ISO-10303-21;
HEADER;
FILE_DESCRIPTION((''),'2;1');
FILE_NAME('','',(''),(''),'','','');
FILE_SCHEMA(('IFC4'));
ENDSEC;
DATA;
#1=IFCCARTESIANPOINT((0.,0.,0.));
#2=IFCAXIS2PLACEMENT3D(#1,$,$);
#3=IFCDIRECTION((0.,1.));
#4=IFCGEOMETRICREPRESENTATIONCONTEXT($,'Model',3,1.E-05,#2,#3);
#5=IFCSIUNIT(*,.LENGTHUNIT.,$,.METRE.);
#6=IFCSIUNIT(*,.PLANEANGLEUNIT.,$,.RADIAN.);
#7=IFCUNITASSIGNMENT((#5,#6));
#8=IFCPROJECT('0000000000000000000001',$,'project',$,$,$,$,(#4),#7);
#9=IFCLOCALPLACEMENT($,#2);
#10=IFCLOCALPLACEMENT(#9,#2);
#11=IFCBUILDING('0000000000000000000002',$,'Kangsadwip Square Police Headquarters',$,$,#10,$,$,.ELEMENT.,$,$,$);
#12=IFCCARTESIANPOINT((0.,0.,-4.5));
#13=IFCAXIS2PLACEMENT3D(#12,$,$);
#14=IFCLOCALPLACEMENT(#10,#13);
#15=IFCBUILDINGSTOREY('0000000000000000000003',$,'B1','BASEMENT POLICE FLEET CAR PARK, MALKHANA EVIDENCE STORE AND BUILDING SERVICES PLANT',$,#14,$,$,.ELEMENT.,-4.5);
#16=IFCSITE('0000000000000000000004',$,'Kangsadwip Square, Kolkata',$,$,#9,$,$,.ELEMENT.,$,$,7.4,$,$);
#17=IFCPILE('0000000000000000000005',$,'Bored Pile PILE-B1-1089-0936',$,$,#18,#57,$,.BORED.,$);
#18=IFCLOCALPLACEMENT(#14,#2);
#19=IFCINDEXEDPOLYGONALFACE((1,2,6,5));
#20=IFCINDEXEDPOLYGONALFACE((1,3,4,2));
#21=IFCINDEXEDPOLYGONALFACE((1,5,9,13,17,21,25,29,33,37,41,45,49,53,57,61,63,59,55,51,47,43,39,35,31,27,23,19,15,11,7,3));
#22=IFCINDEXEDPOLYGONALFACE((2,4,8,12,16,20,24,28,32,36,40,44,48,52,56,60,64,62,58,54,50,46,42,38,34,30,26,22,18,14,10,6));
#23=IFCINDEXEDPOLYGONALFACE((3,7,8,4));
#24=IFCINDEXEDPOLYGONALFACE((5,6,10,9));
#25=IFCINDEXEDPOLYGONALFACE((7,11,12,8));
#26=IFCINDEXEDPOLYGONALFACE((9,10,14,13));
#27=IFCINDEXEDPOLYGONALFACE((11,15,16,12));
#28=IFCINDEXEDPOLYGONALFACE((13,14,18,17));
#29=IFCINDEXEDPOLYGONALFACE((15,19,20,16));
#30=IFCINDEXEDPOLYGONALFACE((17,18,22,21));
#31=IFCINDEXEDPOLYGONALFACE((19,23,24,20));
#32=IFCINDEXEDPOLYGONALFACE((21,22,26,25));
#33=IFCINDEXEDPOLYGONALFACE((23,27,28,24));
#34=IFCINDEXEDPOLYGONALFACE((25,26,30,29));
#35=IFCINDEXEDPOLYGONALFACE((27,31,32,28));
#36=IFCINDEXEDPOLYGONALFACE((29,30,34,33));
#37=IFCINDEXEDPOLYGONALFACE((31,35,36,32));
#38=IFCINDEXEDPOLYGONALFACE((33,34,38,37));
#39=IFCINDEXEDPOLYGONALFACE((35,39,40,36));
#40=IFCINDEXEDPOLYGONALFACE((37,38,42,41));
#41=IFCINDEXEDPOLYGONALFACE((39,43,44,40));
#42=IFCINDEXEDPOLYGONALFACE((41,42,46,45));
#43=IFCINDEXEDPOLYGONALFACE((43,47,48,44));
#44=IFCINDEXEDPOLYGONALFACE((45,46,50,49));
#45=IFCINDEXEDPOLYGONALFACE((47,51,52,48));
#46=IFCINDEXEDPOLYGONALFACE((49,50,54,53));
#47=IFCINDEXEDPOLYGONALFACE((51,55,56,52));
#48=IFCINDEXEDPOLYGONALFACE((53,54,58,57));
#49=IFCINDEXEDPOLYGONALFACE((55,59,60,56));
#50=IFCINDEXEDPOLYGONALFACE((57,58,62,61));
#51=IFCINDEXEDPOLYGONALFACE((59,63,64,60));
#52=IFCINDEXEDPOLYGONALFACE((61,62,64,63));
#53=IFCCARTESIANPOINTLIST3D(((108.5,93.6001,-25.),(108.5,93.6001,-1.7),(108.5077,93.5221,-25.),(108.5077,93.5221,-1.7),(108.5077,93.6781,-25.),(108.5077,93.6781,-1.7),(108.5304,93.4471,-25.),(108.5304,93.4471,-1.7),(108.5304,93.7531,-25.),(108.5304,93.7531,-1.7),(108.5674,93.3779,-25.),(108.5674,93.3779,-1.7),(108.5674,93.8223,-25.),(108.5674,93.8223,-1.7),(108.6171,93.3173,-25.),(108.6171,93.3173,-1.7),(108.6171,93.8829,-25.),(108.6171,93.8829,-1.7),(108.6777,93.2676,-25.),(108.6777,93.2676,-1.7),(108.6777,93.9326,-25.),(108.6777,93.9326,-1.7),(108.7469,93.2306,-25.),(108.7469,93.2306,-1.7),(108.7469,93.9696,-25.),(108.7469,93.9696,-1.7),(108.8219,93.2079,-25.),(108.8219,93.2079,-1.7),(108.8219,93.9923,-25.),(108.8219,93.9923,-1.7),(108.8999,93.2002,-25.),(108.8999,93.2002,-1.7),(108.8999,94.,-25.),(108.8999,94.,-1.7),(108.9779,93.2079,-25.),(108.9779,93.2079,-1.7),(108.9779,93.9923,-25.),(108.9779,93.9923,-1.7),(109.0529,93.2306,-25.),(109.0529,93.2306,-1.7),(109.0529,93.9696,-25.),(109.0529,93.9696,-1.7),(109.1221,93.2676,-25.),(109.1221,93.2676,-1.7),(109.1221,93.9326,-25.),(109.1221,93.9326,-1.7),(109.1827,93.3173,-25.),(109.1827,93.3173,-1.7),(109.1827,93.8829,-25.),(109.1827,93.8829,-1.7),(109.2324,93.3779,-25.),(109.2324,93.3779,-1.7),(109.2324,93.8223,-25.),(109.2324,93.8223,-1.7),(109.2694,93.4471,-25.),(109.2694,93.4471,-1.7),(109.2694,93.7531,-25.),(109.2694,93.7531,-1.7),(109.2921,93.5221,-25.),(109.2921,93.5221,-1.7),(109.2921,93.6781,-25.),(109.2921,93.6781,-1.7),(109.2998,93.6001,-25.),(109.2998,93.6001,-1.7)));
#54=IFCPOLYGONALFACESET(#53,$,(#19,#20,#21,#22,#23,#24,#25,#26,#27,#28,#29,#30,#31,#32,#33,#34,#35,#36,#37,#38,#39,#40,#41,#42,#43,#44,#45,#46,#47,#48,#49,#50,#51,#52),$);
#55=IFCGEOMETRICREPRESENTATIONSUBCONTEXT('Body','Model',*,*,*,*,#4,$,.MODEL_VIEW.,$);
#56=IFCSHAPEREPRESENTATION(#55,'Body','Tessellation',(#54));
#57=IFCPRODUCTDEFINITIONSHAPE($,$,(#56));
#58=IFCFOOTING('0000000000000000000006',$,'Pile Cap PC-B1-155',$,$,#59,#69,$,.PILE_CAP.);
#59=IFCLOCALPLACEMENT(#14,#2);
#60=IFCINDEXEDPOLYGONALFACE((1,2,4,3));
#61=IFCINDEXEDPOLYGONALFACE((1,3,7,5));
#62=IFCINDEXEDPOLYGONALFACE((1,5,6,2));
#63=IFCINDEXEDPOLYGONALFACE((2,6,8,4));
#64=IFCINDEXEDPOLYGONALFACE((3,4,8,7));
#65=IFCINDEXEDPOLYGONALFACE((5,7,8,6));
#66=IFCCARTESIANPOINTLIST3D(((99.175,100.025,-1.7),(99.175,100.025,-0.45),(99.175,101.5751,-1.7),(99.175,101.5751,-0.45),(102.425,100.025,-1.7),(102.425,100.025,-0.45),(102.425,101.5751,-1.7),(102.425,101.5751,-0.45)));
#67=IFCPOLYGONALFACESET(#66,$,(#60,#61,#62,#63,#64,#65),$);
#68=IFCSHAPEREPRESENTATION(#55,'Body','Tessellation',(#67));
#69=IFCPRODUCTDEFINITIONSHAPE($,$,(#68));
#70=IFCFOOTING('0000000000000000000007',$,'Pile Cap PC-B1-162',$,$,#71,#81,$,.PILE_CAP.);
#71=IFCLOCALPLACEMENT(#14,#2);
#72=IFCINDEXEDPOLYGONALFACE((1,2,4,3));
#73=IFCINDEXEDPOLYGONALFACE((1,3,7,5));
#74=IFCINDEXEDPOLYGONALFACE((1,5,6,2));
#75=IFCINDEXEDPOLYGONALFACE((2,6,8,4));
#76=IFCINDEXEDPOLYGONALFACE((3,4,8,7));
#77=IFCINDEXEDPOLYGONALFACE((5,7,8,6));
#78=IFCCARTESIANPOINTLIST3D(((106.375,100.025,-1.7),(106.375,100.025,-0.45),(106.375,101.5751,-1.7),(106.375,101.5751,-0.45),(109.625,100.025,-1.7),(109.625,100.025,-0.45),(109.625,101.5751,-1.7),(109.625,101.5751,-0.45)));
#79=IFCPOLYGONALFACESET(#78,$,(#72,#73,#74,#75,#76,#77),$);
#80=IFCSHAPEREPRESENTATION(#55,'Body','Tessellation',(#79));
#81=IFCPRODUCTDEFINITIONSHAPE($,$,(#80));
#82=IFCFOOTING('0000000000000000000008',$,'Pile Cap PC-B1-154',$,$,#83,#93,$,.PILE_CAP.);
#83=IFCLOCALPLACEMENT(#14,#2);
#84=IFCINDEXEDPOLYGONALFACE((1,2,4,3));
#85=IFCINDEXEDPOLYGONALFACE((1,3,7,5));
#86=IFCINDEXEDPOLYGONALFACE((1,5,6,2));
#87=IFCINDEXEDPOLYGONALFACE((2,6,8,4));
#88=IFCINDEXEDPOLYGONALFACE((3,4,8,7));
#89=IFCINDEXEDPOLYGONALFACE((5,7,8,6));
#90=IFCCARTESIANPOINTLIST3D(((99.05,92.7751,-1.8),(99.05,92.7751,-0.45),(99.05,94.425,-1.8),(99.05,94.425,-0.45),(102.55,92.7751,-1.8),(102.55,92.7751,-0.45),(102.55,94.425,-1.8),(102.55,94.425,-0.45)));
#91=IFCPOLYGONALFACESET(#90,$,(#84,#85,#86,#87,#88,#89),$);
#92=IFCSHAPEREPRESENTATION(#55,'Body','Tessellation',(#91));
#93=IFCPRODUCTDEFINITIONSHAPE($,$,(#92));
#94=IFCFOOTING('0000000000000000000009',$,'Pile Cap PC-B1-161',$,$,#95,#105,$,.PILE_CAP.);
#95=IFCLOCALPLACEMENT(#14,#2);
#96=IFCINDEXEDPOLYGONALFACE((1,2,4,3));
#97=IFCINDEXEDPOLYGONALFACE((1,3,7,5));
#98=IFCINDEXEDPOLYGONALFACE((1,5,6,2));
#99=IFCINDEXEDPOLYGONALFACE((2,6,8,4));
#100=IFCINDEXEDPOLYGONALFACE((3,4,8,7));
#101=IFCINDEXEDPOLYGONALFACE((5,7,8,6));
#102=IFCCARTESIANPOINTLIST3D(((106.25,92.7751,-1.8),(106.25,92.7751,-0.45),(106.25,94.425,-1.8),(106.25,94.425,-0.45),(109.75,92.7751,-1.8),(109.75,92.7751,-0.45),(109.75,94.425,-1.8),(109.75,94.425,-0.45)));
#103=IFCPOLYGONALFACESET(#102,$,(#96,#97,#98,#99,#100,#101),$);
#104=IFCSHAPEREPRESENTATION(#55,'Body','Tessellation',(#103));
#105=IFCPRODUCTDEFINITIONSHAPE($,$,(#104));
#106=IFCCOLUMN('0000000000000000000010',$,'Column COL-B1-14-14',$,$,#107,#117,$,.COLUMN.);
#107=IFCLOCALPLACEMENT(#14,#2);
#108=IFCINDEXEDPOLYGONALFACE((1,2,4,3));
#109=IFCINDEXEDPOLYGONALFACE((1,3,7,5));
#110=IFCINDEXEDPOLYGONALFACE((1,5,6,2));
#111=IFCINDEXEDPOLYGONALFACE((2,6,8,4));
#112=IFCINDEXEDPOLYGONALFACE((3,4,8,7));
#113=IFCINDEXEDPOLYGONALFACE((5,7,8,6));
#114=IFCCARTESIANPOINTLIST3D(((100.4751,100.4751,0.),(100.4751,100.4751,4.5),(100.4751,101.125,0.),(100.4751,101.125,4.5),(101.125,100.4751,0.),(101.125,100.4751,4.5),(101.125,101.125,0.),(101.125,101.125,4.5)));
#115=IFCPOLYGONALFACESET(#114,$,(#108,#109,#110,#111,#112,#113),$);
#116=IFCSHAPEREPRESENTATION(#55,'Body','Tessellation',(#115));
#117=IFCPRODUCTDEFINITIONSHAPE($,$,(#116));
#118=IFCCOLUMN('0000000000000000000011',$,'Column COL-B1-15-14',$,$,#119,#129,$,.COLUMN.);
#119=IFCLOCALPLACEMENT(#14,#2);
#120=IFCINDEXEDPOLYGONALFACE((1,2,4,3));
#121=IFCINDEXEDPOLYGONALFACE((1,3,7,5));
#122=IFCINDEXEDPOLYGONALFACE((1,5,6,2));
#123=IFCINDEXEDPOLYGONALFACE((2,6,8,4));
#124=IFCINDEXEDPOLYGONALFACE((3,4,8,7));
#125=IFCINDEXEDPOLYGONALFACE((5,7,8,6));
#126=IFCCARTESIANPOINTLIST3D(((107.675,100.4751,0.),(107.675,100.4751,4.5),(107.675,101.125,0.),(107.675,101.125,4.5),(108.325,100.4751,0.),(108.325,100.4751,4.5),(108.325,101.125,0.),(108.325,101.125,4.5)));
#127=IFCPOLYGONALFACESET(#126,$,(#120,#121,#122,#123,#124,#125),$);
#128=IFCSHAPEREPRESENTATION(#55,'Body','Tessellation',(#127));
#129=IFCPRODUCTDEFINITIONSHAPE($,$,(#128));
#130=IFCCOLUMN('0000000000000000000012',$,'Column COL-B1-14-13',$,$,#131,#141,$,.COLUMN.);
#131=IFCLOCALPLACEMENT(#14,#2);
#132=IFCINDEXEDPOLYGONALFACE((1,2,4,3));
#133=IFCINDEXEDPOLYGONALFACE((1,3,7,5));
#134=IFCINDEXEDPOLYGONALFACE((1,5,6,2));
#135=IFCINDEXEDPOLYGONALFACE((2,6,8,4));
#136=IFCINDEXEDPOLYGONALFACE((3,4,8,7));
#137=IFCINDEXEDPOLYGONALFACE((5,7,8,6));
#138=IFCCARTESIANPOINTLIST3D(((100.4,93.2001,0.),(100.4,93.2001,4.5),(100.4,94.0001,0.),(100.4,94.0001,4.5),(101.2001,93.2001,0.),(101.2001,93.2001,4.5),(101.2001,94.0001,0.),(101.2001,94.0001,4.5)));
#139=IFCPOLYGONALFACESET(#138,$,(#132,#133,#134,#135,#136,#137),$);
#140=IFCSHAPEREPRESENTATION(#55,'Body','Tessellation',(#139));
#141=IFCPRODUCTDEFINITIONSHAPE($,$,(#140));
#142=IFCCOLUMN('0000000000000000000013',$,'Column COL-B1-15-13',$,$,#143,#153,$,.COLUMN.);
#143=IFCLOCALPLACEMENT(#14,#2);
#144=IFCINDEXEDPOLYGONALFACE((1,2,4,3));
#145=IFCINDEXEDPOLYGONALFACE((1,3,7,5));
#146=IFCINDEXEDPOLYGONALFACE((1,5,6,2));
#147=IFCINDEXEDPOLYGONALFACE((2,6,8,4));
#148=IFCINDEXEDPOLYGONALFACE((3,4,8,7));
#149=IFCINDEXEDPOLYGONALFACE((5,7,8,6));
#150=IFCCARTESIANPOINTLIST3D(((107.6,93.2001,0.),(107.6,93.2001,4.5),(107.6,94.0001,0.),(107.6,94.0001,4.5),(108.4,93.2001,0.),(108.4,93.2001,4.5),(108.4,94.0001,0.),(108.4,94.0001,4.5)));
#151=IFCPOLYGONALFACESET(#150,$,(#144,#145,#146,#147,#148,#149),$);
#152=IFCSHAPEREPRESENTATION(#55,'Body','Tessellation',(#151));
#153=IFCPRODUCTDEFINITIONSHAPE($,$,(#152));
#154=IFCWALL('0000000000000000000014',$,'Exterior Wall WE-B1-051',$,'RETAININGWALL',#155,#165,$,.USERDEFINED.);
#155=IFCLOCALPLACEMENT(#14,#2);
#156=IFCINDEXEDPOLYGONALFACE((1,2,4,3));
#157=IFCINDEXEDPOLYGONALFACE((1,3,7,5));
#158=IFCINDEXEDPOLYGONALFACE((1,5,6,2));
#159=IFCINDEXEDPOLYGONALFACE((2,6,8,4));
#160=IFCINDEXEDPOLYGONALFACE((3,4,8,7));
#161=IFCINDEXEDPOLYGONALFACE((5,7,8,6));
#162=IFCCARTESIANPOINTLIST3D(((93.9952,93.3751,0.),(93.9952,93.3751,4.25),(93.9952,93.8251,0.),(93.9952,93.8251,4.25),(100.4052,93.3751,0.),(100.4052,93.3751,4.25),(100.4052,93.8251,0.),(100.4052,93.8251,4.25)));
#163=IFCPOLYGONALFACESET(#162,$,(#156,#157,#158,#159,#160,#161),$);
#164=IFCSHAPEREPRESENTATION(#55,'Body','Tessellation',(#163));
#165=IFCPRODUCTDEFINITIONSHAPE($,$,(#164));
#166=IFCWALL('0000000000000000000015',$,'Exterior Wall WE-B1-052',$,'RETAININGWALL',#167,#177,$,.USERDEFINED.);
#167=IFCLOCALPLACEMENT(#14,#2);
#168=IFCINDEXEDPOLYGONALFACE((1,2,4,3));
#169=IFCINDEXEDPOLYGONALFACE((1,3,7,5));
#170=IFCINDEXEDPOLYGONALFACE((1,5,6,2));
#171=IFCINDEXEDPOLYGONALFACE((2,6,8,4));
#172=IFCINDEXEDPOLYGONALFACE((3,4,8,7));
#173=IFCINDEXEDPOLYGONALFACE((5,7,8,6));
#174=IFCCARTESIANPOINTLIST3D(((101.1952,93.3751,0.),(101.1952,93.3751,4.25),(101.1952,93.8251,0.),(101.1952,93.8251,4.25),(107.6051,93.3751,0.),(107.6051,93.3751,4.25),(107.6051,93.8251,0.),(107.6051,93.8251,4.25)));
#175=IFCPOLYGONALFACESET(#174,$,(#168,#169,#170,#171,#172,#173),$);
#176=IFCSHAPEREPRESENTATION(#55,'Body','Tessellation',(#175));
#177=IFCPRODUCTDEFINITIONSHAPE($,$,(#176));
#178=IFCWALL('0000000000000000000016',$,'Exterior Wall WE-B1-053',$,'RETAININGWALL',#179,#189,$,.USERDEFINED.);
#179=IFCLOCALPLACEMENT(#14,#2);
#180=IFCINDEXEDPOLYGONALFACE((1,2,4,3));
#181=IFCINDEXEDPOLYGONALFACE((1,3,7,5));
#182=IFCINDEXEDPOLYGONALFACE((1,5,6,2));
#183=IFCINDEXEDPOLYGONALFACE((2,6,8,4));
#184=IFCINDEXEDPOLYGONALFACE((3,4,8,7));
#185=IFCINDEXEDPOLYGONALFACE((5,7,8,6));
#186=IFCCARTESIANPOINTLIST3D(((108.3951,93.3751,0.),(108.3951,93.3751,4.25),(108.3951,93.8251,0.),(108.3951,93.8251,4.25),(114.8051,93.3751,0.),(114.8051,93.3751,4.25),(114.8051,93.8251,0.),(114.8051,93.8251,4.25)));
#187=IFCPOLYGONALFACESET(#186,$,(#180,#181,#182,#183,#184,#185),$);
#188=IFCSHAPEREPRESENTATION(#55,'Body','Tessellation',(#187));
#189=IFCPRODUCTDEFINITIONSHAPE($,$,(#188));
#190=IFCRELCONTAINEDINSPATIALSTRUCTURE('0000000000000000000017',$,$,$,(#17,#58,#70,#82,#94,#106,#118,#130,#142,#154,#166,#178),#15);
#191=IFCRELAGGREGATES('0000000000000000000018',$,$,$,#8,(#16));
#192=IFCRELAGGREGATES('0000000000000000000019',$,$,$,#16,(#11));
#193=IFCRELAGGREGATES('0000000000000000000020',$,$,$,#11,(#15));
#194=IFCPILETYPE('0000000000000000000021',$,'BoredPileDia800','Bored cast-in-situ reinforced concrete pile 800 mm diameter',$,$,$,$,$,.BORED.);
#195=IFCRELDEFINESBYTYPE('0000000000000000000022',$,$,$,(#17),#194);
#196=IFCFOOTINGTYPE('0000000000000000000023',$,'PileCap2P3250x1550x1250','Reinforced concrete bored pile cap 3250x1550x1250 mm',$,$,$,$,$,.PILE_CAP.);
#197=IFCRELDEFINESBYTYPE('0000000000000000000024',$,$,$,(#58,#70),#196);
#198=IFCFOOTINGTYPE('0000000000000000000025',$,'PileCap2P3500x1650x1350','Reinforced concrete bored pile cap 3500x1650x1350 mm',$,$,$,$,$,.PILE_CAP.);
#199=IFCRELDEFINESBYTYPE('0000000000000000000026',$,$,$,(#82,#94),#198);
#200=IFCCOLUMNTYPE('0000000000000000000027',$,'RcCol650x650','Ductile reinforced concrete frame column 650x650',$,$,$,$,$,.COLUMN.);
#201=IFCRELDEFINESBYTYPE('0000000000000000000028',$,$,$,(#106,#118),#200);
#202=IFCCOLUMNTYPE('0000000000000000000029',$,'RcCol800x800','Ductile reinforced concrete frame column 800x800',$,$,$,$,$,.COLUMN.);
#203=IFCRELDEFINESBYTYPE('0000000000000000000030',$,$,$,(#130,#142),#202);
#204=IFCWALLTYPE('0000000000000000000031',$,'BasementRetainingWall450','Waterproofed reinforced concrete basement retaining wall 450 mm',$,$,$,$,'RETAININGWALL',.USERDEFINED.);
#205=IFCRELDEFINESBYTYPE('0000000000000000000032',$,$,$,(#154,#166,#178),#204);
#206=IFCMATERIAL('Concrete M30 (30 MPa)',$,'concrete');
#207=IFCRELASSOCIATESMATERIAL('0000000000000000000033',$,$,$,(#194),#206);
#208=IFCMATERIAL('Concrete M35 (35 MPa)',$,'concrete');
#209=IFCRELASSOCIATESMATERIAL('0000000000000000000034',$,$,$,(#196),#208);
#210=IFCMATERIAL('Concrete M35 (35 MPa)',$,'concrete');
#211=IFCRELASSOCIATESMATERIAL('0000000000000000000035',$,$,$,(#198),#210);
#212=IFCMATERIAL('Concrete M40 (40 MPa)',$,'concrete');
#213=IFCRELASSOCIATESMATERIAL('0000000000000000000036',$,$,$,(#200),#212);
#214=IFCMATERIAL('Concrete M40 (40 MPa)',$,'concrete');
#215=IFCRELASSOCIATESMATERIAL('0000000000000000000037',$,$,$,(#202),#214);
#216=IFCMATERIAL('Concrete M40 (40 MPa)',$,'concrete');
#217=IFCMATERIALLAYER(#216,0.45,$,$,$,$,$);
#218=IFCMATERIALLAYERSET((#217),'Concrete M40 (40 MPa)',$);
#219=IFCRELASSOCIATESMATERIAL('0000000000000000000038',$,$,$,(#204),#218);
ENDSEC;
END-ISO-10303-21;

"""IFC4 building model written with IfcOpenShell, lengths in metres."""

from ifc_helpers import new_model, si_unit, direction, frame, frame_2d, origin, origin_2d, place, context, subcontext, project, spatial, rectangle, circle, extrude, material, layer, layer_set, material_profile, profile_set, type_object, element, save


model = new_model("IFC4")

# Units and contexts
model_context = context("Model", 3, precision=1e-05, world=origin(), true_north=direction((0.0, 1.0)))
body_context = subcontext(model_context, "Body", "Model", "MODEL_VIEW")
ifc_project = project(units=[si_unit("LENGTHUNIT", "METRE"), si_unit("PLANEANGLEUNIT", "RADIAN")], contexts=[model_context])

# Site, building, storey
site_placement = place(None, origin())
site = spatial("IfcSite", under=ifc_project, at=site_placement, Name="Kangsadwip Square, Kolkata", CompositionType="ELEMENT", RefElevation=7.4)
building_placement = place(site_placement, origin())
building = spatial("IfcBuilding", under=site, at=building_placement, Name="Kangsadwip Square Police Headquarters", CompositionType="ELEMENT")
storey_placement = place(building_placement, frame((0.0, 0.0, -4.5)))
storey = spatial("IfcBuildingStorey", under=building, at=storey_placement, Name="B1", Description="BASEMENT POLICE FLEET CAR PARK, MALKHANA EVIDENCE STORE AND BUILDING SERVICES PLANT", CompositionType="ELEMENT", Elevation=-4.5)

# Pile
ifc_material_1 = material(Name="Concrete M30 (30 MPa)", Category="concrete")
ifc_material_profile_1 = material_profile(ifc_material_1, circle(Radius=0.3999, at=origin_2d()), Name="PILE DIA 800")
ifc_profile_set_1 = profile_set([ifc_material_profile_1], Name="Concrete M30 (30 MPa)")
pile_type_1 = type_object("IfcPileType", Name="BoredPileDia800", Description="Bored cast-in-situ reinforced concrete pile 800 mm diameter", PredefinedType="BORED", material=ifc_profile_set_1)
for number, where, z_axis, x_axis, name in (
    (1, (108.8999, 93.6001, -1.7), (0.0, 0.0, -1.0), (1.0, 0.0, 0.0), "Bored Pile PILE-B1-1089-0936"),
):
    element("IfcPile", number, at=place(storey_placement, frame(where, z_axis=z_axis, x_axis=x_axis)), inside=storey, type_object=pile_type_1, Name=name, PredefinedType="BORED", context=body_context, shape_type="SweptSolid", body=[
        extrude(circle(Radius=0.3999, at=origin_2d()), origin(), (0.0, 0.0, 1.0), 23.3),
    ])

# Footings
ifc_material_2 = material(Name="Concrete M35 (35 MPa)", Category="concrete")
footing_type_1 = type_object("IfcFootingType", Name="PileCap2P3250x1550x1250", Description="Reinforced concrete bored pile cap 3250x1550x1250 mm", PredefinedType="PILE_CAP", material=ifc_material_2)
for number, where, z_axis, x_axis, name in (
    (2, (100.8, 100.8, -1.7), (0.0, 0.0, 1.0), (1.0, 0.0, 0.0), "Pile Cap PC-B1-155"),
    (3, (108.0, 100.8, -1.7), (0.0, 0.0, 1.0), (1.0, 0.0, 0.0), "Pile Cap PC-B1-162"),
):
    element("IfcFooting", number, at=place(storey_placement, frame(where, z_axis=z_axis, x_axis=x_axis)), inside=storey, type_object=footing_type_1, Name=name, PredefinedType="PILE_CAP", context=body_context, shape_type="SweptSolid", body=[
        extrude(rectangle(XDim=3.25, YDim=1.55, at=origin_2d()), origin(), (0.0, 0.0, 1.0), 1.25),
    ])
ifc_material_3 = material(Name="Concrete M35 (35 MPa)", Category="concrete")
footing_type_2 = type_object("IfcFootingType", Name="PileCap2P3500x1650x1350", Description="Reinforced concrete bored pile cap 3500x1650x1350 mm", PredefinedType="PILE_CAP", material=ifc_material_3)
for number, where, z_axis, x_axis, name in (
    (4, (100.8, 93.6001, -1.8), (0.0, 0.0, 1.0), (1.0, 0.0, 0.0), "Pile Cap PC-B1-154"),
    (5, (108.0, 93.6001, -1.8), (0.0, 0.0, 1.0), (1.0, 0.0, 0.0), "Pile Cap PC-B1-161"),
):
    element("IfcFooting", number, at=place(storey_placement, frame(where, z_axis=z_axis, x_axis=x_axis)), inside=storey, type_object=footing_type_2, Name=name, PredefinedType="PILE_CAP", context=body_context, shape_type="SweptSolid", body=[
        extrude(rectangle(XDim=3.5, YDim=1.6499, at=origin_2d()), origin(), (0.0, 0.0, 1.0), 1.3501),
    ])

# Columns
ifc_material_4 = material(Name="Concrete M40 (40 MPa)", Category="concrete")
ifc_material_profile_2 = material_profile(ifc_material_4, rectangle(XDim=0.6499, YDim=0.6499, at=origin_2d()), Name="RC COL 650X650")
ifc_profile_set_2 = profile_set([ifc_material_profile_2], Name="Concrete M40 (40 MPa)")
column_type_1 = type_object("IfcColumnType", Name="RcCol650x650", Description="Ductile reinforced concrete frame column 650x650", PredefinedType="COLUMN", material=ifc_profile_set_2)
for number, where, z_axis, x_axis, name in (
    (6, (100.8, 100.8, 0.0), (0.0, 0.0, 1.0), (1.0, 0.0, 0.0), "Column COL-B1-14-14"),
    (7, (108.0, 100.8, 0.0), (0.0, 0.0, 1.0), (1.0, 0.0, 0.0), "Column COL-B1-15-14"),
):
    element("IfcColumn", number, at=place(storey_placement, frame(where, z_axis=z_axis, x_axis=x_axis)), inside=storey, type_object=column_type_1, Name=name, PredefinedType="COLUMN", context=body_context, shape_type="SweptSolid", body=[
        extrude(rectangle(XDim=0.6499, YDim=0.6499, at=origin_2d()), origin(), (0.0, 0.0, 1.0), 4.5),
    ])
ifc_material_5 = material(Name="Concrete M40 (40 MPa)", Category="concrete")
ifc_material_profile_3 = material_profile(ifc_material_5, rectangle(XDim=0.8, YDim=0.8, at=origin_2d()), Name="RC COL 800X800")
ifc_profile_set_3 = profile_set([ifc_material_profile_3], Name="Concrete M40 (40 MPa)")
column_type_2 = type_object("IfcColumnType", Name="RcCol800x800", Description="Ductile reinforced concrete frame column 800x800", PredefinedType="COLUMN", material=ifc_profile_set_3)
for number, where, z_axis, x_axis, name in (
    (8, (100.8, 93.6001, 0.0), (0.0, 0.0, 1.0), (1.0, 0.0, 0.0), "Column COL-B1-14-13"),
    (9, (108.0, 93.6001, 0.0), (0.0, 0.0, 1.0), (1.0, 0.0, 0.0), "Column COL-B1-15-13"),
):
    element("IfcColumn", number, at=place(storey_placement, frame(where, z_axis=z_axis, x_axis=x_axis)), inside=storey, type_object=column_type_2, Name=name, PredefinedType="COLUMN", context=body_context, shape_type="SweptSolid", body=[
        extrude(rectangle(XDim=0.8, YDim=0.8, at=origin_2d()), origin(), (0.0, 0.0, 1.0), 4.5),
    ])

# Walls
ifc_material_6 = material(Name="Concrete M40 (40 MPa)", Category="concrete")
ifc_layer = layer(ifc_material_6, 0.45)
ifc_layer_set = layer_set([ifc_layer], Name="Concrete M40 (40 MPa)")
wall_type = type_object("IfcWallType", Name="BasementRetainingWall450", Description="Waterproofed reinforced concrete basement retaining wall 450 mm", ElementType="RETAININGWALL", PredefinedType="USERDEFINED", material=ifc_layer_set)
for number, where, z_axis, x_axis, name in (
    (10, (93.9951, 93.6001, 0.0), (0.0, 0.0, 1.0), (1.0, 0.0, 0.0), "Exterior Wall WE-B1-051"),
    (11, (101.1951, 93.6001, 0.0), (0.0, 0.0, 1.0), (1.0, 0.0, 0.0), "Exterior Wall WE-B1-052"),
    (12, (108.395, 93.6001, 0.0), (0.0, 0.0, 1.0), (1.0, 0.0, 0.0), "Exterior Wall WE-B1-053"),
):
    element("IfcWall", number, at=place(storey_placement, frame(where, z_axis=z_axis, x_axis=x_axis)), inside=storey, type_object=wall_type, Name=name, ObjectType="RETAININGWALL", PredefinedType="USERDEFINED", context=body_context, shape_type="SweptSolid", body=[
        extrude(rectangle(XDim=6.4099, YDim=0.45, at=frame_2d((3.2051, 0.0))), origin(), (0.0, 0.0, 1.0), 4.25),
    ])

save(model, "model.ifc")
